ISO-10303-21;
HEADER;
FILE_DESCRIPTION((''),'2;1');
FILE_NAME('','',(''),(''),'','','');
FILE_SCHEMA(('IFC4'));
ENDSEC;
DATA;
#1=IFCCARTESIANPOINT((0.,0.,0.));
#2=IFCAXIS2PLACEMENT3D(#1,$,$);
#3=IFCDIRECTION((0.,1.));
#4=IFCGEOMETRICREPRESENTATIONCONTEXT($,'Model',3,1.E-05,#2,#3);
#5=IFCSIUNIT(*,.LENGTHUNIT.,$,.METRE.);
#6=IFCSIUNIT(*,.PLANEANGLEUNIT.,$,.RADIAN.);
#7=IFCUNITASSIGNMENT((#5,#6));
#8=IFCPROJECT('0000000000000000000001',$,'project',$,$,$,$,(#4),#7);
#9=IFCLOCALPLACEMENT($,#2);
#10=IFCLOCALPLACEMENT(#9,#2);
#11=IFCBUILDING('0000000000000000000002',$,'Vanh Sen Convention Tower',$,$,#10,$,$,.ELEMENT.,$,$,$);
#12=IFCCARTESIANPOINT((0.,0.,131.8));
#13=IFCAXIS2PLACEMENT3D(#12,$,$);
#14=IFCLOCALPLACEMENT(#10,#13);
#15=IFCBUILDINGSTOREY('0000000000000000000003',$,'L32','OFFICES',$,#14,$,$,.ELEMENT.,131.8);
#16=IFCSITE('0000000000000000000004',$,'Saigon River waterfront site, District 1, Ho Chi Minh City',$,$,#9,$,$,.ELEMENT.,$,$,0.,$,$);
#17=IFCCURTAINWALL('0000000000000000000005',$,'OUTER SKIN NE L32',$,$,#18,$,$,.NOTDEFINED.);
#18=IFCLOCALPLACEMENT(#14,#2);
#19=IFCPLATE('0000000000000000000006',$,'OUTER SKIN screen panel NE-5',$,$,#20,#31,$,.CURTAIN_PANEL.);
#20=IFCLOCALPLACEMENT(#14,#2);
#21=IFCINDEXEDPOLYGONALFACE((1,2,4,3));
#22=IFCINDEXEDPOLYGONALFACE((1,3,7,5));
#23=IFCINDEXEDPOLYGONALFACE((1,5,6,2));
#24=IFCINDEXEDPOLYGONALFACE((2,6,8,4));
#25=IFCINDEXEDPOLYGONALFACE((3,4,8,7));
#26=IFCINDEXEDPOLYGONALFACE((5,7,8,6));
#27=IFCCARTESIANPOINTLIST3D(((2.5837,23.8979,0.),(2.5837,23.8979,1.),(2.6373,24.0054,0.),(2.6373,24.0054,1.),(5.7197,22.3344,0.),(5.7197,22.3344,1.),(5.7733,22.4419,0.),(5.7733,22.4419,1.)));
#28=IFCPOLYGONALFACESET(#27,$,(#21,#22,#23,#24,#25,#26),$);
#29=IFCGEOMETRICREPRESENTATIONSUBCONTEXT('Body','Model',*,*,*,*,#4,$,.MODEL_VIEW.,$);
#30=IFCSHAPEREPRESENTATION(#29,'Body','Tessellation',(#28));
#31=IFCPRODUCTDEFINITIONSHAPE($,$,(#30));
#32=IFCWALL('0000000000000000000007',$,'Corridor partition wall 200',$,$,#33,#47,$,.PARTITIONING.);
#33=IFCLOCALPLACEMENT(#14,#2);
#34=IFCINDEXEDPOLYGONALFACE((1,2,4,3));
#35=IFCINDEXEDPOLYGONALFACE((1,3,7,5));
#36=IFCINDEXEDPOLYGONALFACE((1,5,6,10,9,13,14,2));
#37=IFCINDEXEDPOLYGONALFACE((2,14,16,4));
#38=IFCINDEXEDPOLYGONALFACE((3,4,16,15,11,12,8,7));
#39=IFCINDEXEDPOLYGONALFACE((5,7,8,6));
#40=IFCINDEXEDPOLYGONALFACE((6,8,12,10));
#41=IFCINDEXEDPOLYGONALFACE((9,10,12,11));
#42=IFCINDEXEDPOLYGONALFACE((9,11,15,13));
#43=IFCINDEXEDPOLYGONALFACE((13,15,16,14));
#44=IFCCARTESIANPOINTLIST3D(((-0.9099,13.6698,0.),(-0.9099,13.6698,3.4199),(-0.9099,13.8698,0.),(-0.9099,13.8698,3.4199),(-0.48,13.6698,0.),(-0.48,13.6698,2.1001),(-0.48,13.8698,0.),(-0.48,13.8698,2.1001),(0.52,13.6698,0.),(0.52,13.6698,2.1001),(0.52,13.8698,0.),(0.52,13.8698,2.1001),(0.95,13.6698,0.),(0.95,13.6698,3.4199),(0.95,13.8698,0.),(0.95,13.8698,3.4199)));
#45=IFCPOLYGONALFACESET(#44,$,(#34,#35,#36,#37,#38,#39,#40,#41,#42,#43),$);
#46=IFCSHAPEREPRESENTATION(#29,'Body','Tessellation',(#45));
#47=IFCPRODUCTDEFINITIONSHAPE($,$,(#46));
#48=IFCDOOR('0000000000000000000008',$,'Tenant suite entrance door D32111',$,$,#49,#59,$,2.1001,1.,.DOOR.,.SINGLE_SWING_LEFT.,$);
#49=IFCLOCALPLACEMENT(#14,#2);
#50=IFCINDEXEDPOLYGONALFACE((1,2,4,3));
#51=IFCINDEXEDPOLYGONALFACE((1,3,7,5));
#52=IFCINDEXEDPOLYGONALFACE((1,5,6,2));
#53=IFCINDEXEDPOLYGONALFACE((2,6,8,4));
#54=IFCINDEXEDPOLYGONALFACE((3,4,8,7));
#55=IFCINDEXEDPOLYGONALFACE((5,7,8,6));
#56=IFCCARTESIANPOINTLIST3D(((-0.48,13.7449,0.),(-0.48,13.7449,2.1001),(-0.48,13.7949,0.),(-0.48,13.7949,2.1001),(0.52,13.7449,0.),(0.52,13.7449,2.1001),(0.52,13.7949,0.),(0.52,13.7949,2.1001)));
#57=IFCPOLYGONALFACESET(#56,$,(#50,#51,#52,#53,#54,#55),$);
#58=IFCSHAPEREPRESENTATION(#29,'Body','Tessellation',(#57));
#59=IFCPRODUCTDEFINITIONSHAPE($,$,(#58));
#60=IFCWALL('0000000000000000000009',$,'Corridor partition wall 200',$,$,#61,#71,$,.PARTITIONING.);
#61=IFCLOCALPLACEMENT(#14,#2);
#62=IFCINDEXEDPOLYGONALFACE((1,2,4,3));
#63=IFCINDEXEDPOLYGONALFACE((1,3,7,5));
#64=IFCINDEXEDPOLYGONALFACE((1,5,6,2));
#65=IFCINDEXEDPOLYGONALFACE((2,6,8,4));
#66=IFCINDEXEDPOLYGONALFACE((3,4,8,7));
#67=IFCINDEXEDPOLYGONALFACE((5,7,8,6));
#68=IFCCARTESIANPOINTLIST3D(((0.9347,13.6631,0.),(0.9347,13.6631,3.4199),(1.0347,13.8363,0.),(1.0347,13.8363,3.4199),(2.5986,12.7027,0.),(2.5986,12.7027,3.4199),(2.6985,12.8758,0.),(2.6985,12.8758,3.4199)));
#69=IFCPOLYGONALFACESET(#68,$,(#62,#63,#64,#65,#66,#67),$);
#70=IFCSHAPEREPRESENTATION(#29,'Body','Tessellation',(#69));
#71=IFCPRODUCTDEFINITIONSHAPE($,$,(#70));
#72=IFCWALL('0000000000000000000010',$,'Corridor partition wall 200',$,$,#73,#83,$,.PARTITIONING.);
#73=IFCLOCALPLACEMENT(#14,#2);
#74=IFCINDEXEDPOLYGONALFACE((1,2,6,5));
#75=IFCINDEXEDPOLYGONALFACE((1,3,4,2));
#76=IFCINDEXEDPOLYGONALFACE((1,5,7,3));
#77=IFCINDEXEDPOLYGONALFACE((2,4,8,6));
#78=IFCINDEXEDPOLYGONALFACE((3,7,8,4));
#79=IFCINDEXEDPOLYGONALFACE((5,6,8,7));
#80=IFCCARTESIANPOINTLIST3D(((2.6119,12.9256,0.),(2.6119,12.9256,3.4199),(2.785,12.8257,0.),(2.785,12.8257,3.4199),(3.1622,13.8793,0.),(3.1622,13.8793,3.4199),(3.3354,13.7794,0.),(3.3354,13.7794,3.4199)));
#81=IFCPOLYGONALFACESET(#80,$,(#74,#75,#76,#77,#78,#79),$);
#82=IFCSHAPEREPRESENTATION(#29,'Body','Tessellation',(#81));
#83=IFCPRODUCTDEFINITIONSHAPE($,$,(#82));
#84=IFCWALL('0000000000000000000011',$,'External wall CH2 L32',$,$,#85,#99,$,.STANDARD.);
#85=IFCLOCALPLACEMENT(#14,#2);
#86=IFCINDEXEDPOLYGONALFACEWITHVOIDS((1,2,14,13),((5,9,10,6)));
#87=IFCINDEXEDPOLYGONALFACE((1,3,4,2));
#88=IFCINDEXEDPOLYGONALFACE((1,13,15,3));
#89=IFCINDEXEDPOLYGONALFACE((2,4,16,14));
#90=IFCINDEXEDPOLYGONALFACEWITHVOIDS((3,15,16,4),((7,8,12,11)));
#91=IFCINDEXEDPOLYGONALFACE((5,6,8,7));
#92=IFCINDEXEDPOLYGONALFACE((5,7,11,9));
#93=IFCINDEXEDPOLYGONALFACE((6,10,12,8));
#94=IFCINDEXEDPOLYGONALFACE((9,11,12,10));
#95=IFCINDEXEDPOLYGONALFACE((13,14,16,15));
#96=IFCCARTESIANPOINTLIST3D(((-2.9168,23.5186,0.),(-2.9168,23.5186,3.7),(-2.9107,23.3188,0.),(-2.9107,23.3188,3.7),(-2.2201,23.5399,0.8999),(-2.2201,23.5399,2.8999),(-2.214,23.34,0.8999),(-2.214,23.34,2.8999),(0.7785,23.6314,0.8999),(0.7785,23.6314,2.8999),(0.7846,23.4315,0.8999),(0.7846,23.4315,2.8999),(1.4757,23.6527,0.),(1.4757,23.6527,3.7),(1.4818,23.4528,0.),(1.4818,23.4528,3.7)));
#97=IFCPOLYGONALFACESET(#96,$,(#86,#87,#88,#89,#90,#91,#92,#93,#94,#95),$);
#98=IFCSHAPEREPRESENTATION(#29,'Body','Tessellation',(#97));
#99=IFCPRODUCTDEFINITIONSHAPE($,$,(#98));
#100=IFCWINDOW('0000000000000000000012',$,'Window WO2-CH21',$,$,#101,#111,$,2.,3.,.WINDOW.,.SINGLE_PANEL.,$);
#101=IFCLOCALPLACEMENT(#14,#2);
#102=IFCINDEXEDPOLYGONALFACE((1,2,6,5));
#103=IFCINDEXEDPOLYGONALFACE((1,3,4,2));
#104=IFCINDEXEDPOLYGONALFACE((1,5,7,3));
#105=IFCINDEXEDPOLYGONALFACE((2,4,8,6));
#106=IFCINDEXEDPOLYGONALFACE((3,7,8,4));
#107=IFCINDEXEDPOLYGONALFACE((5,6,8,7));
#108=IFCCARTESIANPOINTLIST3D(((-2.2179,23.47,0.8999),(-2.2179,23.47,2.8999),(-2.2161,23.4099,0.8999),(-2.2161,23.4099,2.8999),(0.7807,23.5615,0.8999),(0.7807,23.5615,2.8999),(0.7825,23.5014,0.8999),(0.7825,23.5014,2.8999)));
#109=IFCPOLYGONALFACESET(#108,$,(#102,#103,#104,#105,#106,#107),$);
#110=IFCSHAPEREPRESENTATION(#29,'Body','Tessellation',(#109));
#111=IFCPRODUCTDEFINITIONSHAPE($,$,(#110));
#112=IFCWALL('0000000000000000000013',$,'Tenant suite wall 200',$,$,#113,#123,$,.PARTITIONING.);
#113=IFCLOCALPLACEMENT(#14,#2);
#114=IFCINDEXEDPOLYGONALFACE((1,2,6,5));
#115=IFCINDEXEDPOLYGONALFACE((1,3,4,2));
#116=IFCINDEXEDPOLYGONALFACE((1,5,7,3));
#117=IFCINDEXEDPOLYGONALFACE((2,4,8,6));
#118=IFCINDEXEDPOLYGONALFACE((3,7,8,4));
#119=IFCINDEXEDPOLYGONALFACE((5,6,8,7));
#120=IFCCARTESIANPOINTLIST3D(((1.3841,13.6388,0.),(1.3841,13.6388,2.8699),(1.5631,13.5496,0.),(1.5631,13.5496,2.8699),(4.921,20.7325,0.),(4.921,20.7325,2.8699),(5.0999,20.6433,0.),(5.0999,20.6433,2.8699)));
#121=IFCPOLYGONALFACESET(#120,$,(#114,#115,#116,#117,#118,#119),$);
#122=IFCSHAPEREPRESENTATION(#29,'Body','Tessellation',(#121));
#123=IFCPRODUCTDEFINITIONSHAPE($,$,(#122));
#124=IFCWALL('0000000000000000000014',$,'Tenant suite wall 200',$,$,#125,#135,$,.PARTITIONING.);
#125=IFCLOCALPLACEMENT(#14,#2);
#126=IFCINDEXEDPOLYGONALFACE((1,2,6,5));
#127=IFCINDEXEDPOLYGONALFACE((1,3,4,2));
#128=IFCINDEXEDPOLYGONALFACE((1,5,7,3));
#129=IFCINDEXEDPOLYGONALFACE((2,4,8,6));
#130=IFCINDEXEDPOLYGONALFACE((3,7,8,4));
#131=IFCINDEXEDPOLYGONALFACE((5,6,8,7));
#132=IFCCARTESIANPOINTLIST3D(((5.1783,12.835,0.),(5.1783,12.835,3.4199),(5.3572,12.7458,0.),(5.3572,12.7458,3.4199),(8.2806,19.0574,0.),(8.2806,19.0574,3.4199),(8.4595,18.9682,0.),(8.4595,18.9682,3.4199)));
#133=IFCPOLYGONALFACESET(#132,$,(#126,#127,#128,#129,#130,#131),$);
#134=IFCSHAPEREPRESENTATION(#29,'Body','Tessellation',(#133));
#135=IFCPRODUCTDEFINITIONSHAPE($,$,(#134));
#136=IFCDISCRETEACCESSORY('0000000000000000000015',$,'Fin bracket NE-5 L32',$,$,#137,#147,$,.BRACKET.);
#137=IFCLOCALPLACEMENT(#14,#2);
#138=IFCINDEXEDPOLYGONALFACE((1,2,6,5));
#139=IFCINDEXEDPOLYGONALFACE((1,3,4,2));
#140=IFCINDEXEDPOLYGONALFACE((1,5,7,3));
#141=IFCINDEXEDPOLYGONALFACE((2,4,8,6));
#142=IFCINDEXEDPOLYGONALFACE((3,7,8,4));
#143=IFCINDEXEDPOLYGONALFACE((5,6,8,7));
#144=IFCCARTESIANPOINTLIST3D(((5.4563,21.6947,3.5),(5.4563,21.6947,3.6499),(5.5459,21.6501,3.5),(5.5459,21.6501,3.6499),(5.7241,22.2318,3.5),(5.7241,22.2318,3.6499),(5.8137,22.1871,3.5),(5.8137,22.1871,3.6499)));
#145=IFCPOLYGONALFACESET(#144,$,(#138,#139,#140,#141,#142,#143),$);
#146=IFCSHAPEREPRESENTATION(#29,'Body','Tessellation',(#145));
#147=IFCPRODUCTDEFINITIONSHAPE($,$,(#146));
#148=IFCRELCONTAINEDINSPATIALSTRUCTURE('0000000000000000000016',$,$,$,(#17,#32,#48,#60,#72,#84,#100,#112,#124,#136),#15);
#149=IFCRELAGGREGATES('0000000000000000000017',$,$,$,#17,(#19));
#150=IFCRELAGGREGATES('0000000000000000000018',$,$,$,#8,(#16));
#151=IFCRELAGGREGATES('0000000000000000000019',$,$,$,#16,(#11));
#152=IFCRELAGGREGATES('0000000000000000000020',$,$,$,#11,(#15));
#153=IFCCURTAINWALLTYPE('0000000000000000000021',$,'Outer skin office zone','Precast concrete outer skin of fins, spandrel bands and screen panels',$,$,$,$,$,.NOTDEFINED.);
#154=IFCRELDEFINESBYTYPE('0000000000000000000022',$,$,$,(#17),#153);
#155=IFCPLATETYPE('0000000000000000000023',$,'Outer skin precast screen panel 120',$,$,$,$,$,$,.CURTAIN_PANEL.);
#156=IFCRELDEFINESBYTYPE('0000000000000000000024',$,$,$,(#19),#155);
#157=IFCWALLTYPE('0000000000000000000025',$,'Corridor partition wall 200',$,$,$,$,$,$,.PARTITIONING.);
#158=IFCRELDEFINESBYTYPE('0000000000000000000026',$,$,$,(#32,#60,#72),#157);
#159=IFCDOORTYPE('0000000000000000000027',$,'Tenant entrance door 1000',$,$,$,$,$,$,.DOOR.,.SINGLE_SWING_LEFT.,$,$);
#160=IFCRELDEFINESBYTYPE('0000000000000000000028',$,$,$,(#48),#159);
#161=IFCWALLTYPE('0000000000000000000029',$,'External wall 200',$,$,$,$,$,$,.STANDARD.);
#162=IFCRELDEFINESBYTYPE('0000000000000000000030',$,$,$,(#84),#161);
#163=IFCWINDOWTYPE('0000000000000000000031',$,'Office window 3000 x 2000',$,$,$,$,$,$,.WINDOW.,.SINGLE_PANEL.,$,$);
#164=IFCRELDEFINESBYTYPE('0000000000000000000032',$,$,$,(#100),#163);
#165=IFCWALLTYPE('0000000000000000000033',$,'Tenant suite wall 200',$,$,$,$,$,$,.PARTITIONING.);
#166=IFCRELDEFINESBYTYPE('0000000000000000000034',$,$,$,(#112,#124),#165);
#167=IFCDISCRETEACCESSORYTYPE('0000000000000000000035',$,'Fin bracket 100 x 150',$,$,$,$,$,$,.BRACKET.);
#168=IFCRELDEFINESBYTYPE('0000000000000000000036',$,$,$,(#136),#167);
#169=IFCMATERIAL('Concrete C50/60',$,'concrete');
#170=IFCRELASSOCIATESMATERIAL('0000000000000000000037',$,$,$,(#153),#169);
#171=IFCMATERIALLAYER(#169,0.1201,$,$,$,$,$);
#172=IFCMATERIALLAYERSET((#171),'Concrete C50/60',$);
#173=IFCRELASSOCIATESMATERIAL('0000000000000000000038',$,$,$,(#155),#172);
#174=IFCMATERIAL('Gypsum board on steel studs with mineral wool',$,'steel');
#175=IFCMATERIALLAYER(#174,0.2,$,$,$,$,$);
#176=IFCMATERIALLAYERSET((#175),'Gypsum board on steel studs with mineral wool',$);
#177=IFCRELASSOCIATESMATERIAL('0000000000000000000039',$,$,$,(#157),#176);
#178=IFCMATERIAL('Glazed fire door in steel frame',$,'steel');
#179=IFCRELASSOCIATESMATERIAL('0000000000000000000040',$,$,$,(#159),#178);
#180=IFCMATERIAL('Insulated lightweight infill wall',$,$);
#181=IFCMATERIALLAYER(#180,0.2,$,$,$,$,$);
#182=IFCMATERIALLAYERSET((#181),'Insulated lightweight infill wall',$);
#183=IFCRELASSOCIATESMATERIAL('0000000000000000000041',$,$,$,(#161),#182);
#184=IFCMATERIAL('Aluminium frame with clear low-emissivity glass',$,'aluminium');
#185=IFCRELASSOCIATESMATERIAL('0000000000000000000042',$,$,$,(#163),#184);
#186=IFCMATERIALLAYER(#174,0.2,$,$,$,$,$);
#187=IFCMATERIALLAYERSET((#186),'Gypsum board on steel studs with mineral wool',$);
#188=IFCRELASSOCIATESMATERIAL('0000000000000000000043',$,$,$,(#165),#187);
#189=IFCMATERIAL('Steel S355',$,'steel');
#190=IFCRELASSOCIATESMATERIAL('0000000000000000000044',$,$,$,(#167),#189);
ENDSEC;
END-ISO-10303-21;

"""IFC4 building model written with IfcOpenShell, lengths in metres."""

from ifc_helpers import new_model, si_unit, direction, frame, frame_2d, origin, origin_2d, place, context, subcontext, project, spatial, rectangle, extrude, material, layer, layer_set, type_object, element, fill, aggregate, save


model = new_model("IFC4")

# Units and contexts
model_context = context("Model", 3, precision=1e-05, world=origin(), true_north=direction((0.0, 1.0)))
body_context = subcontext(model_context, "Body", "Model", "MODEL_VIEW")
ifc_project = project(units=[si_unit("LENGTHUNIT", "METRE"), si_unit("PLANEANGLEUNIT", "RADIAN")], contexts=[model_context])

# Site, building, storey
site_placement = place(None, origin())
site = spatial("IfcSite", under=ifc_project, at=site_placement, Name="Saigon River waterfront site, District 1, Ho Chi Minh City", CompositionType="ELEMENT", RefElevation=0.0)
building_placement = place(site_placement, origin())
building = spatial("IfcBuilding", under=site, at=building_placement, Name="Vanh Sen Convention Tower", CompositionType="ELEMENT")
storey_placement = place(building_placement, frame((0.0, 0.0, 131.8)))
storey = spatial("IfcBuildingStorey", under=building, at=storey_placement, Name="L32", Description="OFFICES", CompositionType="ELEMENT", Elevation=131.8)

# Curtain wall
ifc_material_1 = material(Name="Concrete C50/60", Category="concrete")
curtain_wall_type = type_object("IfcCurtainWallType", Name="Outer skin office zone", Description="Precast concrete outer skin of fins, spandrel bands and screen panels", PredefinedType="NOTDEFINED", material=ifc_material_1)
curtain_wall_1_placement = place(storey_placement, origin())
curtain_wall_1 = element("IfcCurtainWall", 1, at=curtain_wall_1_placement, inside=storey, type_object=curtain_wall_type, Name="OUTER SKIN NE L32", PredefinedType="NOTDEFINED")

# Plate
ifc_layer_1 = layer(ifc_material_1, 0.1201)
ifc_layer_set_1 = layer_set([ifc_layer_1], Name="Concrete C50/60")
plate_type = type_object("IfcPlateType", Name="Outer skin precast screen panel 120", PredefinedType="CURTAIN_PANEL", material=ifc_layer_set_1)
plate_1_placement = place(storey_placement, frame((4.1785, 23.1699, 0.0), z_axis=(0.0, 0.0, 1.0), x_axis=(-0.894944, 0.446179, 0.0)))
plate_1 = element("IfcPlate", 2, at=plate_1_placement, type_object=plate_type, Name="OUTER SKIN screen panel NE-5", PredefinedType="CURTAIN_PANEL", context=body_context, shape_type="SweptSolid", body=[
    extrude(rectangle(XDim=3.5042, YDim=0.1201, at=origin_2d()), origin(), (0.0, 0.0, 1.0), 1.0),
])
aggregate(curtain_wall_1, [plate_1])

# Wall, opening, door
ifc_material_2 = material(Name="Gypsum board on steel studs with mineral wool", Category="steel")
ifc_layer_2 = layer(ifc_material_2, 0.2)
ifc_layer_set_2 = layer_set([ifc_layer_2], Name="Gypsum board on steel studs with mineral wool")
wall_type_1 = type_object("IfcWallType", Name="Corridor partition wall 200", PredefinedType="PARTITIONING", material=ifc_layer_set_2)
wall_1_placement = place(storey_placement, frame((0.95, 13.7698, 0.0), z_axis=(0.0, 0.0, 1.0), x_axis=(-1.0, 0.0, 0.0)))
wall_1 = element("IfcWall", 3, at=wall_1_placement, inside=storey, type_object=wall_type_1, Name="Corridor partition wall 200", PredefinedType="PARTITIONING", context=body_context, shape_type="SweptSolid", body=[
    extrude(rectangle(XDim=1.8599, YDim=0.2, at=frame_2d((0.9299, 0.0))), origin(), (0.0, 0.0, 1.0), 3.4199),
])
opening_1_placement = place(wall_1_placement, frame((0.4299, 0.0, 0.0)))
opening_1 = element("IfcOpeningElement", 4, at=opening_1_placement, cuts=wall_1, PredefinedType="OPENING", context=body_context, shape_type="SweptSolid", body=[
    extrude(rectangle(XDim=1.0, YDim=2.1001, at=frame_2d((0.5, 1.05))), frame((0.0, 0.1099, 0.0), z_axis=(0.0, -1.0, 0.0), x_axis=(1.0, 0.0, 0.0)), (0.0, 0.0, 1.0), 0.22),
])
ifc_material_3 = material(Name="Glazed fire door in steel frame", Category="steel")
door_type = type_object("IfcDoorType", Name="Tenant entrance door 1000", OperationType="SINGLE_SWING_LEFT", PredefinedType="DOOR", material=ifc_material_3)
door_placement = place(opening_1_placement, origin())
door = element("IfcDoor", 5, at=door_placement, inside=storey, type_object=door_type, Name="Tenant suite entrance door D32111", OperationType="SINGLE_SWING_LEFT", OverallHeight=2.1001, OverallWidth=1.0, PredefinedType="DOOR", context=body_context, shape_type="SweptSolid", body=[
    extrude(rectangle(XDim=1.0, YDim=2.1001, at=frame_2d((0.5, 1.05))), frame((0.0, 0.0249, 0.0), z_axis=(0.0, -1.0, 0.0), x_axis=(1.0, 0.0, 0.0)), (0.0, 0.0, 1.0), 0.05),
])
fill(opening_1, door)

# Walls
wall_2_placement = place(storey_placement, frame((2.6484, 12.7893, 0.0), z_axis=(0.0, 0.0, 1.0), x_axis=(-0.866061, 0.499939, 0.0)))
element("IfcWall", 6, at=wall_2_placement, inside=storey, type_object=wall_type_1, Name="Corridor partition wall 200", PredefinedType="PARTITIONING", context=body_context, shape_type="SweptSolid", body=[
    extrude(rectangle(XDim=1.9211, YDim=0.2, at=frame_2d((0.9604, 0.0))), origin(), (0.0, 0.0, 1.0), 3.4199),
])
wall_3_placement = place(storey_placement, frame((3.2488, 13.8293, 0.0), z_axis=(0.0, 0.0, 1.0), x_axis=(-0.499812, -0.866134, 0.0)))
element("IfcWall", 7, at=wall_3_placement, inside=storey, type_object=wall_type_1, Name="Corridor partition wall 200", PredefinedType="PARTITIONING", context=body_context, shape_type="SweptSolid", body=[
    extrude(rectangle(XDim=1.1011, YDim=0.2, at=frame_2d((0.5505, 0.0))), origin(), (0.0, 0.0, 1.0), 3.4199),
])

# Wall, opening, window
ifc_material_4 = material(Name="Insulated lightweight infill wall")
ifc_layer_3 = layer(ifc_material_4, 0.2)
ifc_layer_set_3 = layer_set([ifc_layer_3], Name="Insulated lightweight infill wall")
wall_type_2 = type_object("IfcWallType", Name="External wall 200", PredefinedType="STANDARD", material=ifc_layer_set_3)
wall_4_placement = place(storey_placement, frame((1.4788, 23.5527, 0.0), z_axis=(0.0, 0.0, 1.0), x_axis=(-0.999535, -0.030499, 0.0)))
wall_4 = element("IfcWall", 8, at=wall_4_placement, inside=storey, type_object=wall_type_2, Name="External wall CH2 L32", PredefinedType="STANDARD", context=body_context, shape_type="SweptSolid", body=[
    extrude(rectangle(XDim=4.3945, YDim=0.2, at=frame_2d((2.1973, 0.0))), origin(), (0.0, 0.0, 1.0), 3.7),
])
opening_2_placement = place(wall_4_placement, frame((0.6975, 0.0, 0.8999)))
opening_2 = element("IfcOpeningElement", 9, at=opening_2_placement, cuts=wall_4, PredefinedType="OPENING", context=body_context, shape_type="SweptSolid", body=[
    extrude(rectangle(XDim=3.0, YDim=2.0, at=frame_2d((1.5, 1.0))), frame((0.0, 0.1099, 0.0), z_axis=(0.0, -1.0, 0.0), x_axis=(1.0, 0.0, 0.0)), (0.0, 0.0, 1.0), 0.22),
])
ifc_material_5 = material(Name="Aluminium frame with clear low-emissivity glass", Category="aluminium")
window_type = type_object("IfcWindowType", Name="Office window 3000 x 2000", PartitioningType="SINGLE_PANEL", PredefinedType="WINDOW", material=ifc_material_5)
window_placement = place(opening_2_placement, origin())
window = element("IfcWindow", 10, at=window_placement, inside=storey, type_object=window_type, Name="Window WO2-CH21", OverallHeight=2.0, OverallWidth=3.0, PartitioningType="SINGLE_PANEL", PredefinedType="WINDOW", context=body_context, shape_type="SweptSolid", body=[
    extrude(rectangle(XDim=3.0, YDim=2.0, at=frame_2d((1.5, 1.0))), frame((0.0, 0.03, 0.0), z_axis=(0.0, -1.0, 0.0), x_axis=(1.0, 0.0, 0.0)), (0.0, 0.0, 1.0), 0.0601),
])
fill(opening_2, window)

# Walls
ifc_layer_4 = layer(ifc_material_2, 0.2)
ifc_layer_set_4 = layer_set([ifc_layer_4], Name="Gypsum board on steel studs with mineral wool")
wall_type_3 = type_object("IfcWallType", Name="Tenant suite wall 200", PredefinedType="PARTITIONING", material=ifc_layer_set_4)
wall_5_placement = place(storey_placement, frame((5.0105, 20.688, 0.0), z_axis=(0.0, 0.0, 1.0), x_axis=(-0.446203, -0.894932, 0.0)))
element("IfcWall", 11, at=wall_5_placement, inside=storey, type_object=wall_type_3, Name="Tenant suite wall 200", PredefinedType="PARTITIONING", context=body_context, shape_type="SweptSolid", body=[
    extrude(rectangle(XDim=7.9265, YDim=0.2, at=frame_2d((3.9634, 0.0))), origin(), (0.0, 0.0, 1.0), 2.8699),
])
wall_6_placement = place(storey_placement, frame((8.3701, 19.0129, 0.0), z_axis=(0.0, 0.0, 1.0), x_axis=(-0.446188, -0.894939, 0.0)))
element("IfcWall", 12, at=wall_6_placement, inside=storey, type_object=wall_type_3, Name="Tenant suite wall 200", PredefinedType="PARTITIONING", context=body_context, shape_type="SweptSolid", body=[
    extrude(rectangle(XDim=6.9529, YDim=0.2, at=frame_2d((3.4766, 0.0))), origin(), (0.0, 0.0, 1.0), 3.4199),
])

# Discrete accessory
ifc_material_6 = material(Name="Steel S355", Category="steel")
discrete_accessory_type = type_object("IfcDiscreteAccessoryType", Name="Fin bracket 100 x 150", PredefinedType="BRACKET", material=ifc_material_6)
discrete_accessory_placement = place(storey_placement, frame((5.635, 21.9409, 3.5), z_axis=(0.0, 0.0, 1.0), x_axis=(0.446198, 0.894934, 0.0)))
element("IfcDiscreteAccessory", 13, at=discrete_accessory_placement, inside=storey, type_object=discrete_accessory_type, Name="Fin bracket NE-5 L32", PredefinedType="BRACKET", context=body_context, shape_type="SweptSolid", body=[
    extrude(rectangle(XDim=0.6001, YDim=0.1001, at=origin_2d()), origin(), (0.0, 0.0, 1.0), 0.1499),
])

save(model, "model.ifc")
